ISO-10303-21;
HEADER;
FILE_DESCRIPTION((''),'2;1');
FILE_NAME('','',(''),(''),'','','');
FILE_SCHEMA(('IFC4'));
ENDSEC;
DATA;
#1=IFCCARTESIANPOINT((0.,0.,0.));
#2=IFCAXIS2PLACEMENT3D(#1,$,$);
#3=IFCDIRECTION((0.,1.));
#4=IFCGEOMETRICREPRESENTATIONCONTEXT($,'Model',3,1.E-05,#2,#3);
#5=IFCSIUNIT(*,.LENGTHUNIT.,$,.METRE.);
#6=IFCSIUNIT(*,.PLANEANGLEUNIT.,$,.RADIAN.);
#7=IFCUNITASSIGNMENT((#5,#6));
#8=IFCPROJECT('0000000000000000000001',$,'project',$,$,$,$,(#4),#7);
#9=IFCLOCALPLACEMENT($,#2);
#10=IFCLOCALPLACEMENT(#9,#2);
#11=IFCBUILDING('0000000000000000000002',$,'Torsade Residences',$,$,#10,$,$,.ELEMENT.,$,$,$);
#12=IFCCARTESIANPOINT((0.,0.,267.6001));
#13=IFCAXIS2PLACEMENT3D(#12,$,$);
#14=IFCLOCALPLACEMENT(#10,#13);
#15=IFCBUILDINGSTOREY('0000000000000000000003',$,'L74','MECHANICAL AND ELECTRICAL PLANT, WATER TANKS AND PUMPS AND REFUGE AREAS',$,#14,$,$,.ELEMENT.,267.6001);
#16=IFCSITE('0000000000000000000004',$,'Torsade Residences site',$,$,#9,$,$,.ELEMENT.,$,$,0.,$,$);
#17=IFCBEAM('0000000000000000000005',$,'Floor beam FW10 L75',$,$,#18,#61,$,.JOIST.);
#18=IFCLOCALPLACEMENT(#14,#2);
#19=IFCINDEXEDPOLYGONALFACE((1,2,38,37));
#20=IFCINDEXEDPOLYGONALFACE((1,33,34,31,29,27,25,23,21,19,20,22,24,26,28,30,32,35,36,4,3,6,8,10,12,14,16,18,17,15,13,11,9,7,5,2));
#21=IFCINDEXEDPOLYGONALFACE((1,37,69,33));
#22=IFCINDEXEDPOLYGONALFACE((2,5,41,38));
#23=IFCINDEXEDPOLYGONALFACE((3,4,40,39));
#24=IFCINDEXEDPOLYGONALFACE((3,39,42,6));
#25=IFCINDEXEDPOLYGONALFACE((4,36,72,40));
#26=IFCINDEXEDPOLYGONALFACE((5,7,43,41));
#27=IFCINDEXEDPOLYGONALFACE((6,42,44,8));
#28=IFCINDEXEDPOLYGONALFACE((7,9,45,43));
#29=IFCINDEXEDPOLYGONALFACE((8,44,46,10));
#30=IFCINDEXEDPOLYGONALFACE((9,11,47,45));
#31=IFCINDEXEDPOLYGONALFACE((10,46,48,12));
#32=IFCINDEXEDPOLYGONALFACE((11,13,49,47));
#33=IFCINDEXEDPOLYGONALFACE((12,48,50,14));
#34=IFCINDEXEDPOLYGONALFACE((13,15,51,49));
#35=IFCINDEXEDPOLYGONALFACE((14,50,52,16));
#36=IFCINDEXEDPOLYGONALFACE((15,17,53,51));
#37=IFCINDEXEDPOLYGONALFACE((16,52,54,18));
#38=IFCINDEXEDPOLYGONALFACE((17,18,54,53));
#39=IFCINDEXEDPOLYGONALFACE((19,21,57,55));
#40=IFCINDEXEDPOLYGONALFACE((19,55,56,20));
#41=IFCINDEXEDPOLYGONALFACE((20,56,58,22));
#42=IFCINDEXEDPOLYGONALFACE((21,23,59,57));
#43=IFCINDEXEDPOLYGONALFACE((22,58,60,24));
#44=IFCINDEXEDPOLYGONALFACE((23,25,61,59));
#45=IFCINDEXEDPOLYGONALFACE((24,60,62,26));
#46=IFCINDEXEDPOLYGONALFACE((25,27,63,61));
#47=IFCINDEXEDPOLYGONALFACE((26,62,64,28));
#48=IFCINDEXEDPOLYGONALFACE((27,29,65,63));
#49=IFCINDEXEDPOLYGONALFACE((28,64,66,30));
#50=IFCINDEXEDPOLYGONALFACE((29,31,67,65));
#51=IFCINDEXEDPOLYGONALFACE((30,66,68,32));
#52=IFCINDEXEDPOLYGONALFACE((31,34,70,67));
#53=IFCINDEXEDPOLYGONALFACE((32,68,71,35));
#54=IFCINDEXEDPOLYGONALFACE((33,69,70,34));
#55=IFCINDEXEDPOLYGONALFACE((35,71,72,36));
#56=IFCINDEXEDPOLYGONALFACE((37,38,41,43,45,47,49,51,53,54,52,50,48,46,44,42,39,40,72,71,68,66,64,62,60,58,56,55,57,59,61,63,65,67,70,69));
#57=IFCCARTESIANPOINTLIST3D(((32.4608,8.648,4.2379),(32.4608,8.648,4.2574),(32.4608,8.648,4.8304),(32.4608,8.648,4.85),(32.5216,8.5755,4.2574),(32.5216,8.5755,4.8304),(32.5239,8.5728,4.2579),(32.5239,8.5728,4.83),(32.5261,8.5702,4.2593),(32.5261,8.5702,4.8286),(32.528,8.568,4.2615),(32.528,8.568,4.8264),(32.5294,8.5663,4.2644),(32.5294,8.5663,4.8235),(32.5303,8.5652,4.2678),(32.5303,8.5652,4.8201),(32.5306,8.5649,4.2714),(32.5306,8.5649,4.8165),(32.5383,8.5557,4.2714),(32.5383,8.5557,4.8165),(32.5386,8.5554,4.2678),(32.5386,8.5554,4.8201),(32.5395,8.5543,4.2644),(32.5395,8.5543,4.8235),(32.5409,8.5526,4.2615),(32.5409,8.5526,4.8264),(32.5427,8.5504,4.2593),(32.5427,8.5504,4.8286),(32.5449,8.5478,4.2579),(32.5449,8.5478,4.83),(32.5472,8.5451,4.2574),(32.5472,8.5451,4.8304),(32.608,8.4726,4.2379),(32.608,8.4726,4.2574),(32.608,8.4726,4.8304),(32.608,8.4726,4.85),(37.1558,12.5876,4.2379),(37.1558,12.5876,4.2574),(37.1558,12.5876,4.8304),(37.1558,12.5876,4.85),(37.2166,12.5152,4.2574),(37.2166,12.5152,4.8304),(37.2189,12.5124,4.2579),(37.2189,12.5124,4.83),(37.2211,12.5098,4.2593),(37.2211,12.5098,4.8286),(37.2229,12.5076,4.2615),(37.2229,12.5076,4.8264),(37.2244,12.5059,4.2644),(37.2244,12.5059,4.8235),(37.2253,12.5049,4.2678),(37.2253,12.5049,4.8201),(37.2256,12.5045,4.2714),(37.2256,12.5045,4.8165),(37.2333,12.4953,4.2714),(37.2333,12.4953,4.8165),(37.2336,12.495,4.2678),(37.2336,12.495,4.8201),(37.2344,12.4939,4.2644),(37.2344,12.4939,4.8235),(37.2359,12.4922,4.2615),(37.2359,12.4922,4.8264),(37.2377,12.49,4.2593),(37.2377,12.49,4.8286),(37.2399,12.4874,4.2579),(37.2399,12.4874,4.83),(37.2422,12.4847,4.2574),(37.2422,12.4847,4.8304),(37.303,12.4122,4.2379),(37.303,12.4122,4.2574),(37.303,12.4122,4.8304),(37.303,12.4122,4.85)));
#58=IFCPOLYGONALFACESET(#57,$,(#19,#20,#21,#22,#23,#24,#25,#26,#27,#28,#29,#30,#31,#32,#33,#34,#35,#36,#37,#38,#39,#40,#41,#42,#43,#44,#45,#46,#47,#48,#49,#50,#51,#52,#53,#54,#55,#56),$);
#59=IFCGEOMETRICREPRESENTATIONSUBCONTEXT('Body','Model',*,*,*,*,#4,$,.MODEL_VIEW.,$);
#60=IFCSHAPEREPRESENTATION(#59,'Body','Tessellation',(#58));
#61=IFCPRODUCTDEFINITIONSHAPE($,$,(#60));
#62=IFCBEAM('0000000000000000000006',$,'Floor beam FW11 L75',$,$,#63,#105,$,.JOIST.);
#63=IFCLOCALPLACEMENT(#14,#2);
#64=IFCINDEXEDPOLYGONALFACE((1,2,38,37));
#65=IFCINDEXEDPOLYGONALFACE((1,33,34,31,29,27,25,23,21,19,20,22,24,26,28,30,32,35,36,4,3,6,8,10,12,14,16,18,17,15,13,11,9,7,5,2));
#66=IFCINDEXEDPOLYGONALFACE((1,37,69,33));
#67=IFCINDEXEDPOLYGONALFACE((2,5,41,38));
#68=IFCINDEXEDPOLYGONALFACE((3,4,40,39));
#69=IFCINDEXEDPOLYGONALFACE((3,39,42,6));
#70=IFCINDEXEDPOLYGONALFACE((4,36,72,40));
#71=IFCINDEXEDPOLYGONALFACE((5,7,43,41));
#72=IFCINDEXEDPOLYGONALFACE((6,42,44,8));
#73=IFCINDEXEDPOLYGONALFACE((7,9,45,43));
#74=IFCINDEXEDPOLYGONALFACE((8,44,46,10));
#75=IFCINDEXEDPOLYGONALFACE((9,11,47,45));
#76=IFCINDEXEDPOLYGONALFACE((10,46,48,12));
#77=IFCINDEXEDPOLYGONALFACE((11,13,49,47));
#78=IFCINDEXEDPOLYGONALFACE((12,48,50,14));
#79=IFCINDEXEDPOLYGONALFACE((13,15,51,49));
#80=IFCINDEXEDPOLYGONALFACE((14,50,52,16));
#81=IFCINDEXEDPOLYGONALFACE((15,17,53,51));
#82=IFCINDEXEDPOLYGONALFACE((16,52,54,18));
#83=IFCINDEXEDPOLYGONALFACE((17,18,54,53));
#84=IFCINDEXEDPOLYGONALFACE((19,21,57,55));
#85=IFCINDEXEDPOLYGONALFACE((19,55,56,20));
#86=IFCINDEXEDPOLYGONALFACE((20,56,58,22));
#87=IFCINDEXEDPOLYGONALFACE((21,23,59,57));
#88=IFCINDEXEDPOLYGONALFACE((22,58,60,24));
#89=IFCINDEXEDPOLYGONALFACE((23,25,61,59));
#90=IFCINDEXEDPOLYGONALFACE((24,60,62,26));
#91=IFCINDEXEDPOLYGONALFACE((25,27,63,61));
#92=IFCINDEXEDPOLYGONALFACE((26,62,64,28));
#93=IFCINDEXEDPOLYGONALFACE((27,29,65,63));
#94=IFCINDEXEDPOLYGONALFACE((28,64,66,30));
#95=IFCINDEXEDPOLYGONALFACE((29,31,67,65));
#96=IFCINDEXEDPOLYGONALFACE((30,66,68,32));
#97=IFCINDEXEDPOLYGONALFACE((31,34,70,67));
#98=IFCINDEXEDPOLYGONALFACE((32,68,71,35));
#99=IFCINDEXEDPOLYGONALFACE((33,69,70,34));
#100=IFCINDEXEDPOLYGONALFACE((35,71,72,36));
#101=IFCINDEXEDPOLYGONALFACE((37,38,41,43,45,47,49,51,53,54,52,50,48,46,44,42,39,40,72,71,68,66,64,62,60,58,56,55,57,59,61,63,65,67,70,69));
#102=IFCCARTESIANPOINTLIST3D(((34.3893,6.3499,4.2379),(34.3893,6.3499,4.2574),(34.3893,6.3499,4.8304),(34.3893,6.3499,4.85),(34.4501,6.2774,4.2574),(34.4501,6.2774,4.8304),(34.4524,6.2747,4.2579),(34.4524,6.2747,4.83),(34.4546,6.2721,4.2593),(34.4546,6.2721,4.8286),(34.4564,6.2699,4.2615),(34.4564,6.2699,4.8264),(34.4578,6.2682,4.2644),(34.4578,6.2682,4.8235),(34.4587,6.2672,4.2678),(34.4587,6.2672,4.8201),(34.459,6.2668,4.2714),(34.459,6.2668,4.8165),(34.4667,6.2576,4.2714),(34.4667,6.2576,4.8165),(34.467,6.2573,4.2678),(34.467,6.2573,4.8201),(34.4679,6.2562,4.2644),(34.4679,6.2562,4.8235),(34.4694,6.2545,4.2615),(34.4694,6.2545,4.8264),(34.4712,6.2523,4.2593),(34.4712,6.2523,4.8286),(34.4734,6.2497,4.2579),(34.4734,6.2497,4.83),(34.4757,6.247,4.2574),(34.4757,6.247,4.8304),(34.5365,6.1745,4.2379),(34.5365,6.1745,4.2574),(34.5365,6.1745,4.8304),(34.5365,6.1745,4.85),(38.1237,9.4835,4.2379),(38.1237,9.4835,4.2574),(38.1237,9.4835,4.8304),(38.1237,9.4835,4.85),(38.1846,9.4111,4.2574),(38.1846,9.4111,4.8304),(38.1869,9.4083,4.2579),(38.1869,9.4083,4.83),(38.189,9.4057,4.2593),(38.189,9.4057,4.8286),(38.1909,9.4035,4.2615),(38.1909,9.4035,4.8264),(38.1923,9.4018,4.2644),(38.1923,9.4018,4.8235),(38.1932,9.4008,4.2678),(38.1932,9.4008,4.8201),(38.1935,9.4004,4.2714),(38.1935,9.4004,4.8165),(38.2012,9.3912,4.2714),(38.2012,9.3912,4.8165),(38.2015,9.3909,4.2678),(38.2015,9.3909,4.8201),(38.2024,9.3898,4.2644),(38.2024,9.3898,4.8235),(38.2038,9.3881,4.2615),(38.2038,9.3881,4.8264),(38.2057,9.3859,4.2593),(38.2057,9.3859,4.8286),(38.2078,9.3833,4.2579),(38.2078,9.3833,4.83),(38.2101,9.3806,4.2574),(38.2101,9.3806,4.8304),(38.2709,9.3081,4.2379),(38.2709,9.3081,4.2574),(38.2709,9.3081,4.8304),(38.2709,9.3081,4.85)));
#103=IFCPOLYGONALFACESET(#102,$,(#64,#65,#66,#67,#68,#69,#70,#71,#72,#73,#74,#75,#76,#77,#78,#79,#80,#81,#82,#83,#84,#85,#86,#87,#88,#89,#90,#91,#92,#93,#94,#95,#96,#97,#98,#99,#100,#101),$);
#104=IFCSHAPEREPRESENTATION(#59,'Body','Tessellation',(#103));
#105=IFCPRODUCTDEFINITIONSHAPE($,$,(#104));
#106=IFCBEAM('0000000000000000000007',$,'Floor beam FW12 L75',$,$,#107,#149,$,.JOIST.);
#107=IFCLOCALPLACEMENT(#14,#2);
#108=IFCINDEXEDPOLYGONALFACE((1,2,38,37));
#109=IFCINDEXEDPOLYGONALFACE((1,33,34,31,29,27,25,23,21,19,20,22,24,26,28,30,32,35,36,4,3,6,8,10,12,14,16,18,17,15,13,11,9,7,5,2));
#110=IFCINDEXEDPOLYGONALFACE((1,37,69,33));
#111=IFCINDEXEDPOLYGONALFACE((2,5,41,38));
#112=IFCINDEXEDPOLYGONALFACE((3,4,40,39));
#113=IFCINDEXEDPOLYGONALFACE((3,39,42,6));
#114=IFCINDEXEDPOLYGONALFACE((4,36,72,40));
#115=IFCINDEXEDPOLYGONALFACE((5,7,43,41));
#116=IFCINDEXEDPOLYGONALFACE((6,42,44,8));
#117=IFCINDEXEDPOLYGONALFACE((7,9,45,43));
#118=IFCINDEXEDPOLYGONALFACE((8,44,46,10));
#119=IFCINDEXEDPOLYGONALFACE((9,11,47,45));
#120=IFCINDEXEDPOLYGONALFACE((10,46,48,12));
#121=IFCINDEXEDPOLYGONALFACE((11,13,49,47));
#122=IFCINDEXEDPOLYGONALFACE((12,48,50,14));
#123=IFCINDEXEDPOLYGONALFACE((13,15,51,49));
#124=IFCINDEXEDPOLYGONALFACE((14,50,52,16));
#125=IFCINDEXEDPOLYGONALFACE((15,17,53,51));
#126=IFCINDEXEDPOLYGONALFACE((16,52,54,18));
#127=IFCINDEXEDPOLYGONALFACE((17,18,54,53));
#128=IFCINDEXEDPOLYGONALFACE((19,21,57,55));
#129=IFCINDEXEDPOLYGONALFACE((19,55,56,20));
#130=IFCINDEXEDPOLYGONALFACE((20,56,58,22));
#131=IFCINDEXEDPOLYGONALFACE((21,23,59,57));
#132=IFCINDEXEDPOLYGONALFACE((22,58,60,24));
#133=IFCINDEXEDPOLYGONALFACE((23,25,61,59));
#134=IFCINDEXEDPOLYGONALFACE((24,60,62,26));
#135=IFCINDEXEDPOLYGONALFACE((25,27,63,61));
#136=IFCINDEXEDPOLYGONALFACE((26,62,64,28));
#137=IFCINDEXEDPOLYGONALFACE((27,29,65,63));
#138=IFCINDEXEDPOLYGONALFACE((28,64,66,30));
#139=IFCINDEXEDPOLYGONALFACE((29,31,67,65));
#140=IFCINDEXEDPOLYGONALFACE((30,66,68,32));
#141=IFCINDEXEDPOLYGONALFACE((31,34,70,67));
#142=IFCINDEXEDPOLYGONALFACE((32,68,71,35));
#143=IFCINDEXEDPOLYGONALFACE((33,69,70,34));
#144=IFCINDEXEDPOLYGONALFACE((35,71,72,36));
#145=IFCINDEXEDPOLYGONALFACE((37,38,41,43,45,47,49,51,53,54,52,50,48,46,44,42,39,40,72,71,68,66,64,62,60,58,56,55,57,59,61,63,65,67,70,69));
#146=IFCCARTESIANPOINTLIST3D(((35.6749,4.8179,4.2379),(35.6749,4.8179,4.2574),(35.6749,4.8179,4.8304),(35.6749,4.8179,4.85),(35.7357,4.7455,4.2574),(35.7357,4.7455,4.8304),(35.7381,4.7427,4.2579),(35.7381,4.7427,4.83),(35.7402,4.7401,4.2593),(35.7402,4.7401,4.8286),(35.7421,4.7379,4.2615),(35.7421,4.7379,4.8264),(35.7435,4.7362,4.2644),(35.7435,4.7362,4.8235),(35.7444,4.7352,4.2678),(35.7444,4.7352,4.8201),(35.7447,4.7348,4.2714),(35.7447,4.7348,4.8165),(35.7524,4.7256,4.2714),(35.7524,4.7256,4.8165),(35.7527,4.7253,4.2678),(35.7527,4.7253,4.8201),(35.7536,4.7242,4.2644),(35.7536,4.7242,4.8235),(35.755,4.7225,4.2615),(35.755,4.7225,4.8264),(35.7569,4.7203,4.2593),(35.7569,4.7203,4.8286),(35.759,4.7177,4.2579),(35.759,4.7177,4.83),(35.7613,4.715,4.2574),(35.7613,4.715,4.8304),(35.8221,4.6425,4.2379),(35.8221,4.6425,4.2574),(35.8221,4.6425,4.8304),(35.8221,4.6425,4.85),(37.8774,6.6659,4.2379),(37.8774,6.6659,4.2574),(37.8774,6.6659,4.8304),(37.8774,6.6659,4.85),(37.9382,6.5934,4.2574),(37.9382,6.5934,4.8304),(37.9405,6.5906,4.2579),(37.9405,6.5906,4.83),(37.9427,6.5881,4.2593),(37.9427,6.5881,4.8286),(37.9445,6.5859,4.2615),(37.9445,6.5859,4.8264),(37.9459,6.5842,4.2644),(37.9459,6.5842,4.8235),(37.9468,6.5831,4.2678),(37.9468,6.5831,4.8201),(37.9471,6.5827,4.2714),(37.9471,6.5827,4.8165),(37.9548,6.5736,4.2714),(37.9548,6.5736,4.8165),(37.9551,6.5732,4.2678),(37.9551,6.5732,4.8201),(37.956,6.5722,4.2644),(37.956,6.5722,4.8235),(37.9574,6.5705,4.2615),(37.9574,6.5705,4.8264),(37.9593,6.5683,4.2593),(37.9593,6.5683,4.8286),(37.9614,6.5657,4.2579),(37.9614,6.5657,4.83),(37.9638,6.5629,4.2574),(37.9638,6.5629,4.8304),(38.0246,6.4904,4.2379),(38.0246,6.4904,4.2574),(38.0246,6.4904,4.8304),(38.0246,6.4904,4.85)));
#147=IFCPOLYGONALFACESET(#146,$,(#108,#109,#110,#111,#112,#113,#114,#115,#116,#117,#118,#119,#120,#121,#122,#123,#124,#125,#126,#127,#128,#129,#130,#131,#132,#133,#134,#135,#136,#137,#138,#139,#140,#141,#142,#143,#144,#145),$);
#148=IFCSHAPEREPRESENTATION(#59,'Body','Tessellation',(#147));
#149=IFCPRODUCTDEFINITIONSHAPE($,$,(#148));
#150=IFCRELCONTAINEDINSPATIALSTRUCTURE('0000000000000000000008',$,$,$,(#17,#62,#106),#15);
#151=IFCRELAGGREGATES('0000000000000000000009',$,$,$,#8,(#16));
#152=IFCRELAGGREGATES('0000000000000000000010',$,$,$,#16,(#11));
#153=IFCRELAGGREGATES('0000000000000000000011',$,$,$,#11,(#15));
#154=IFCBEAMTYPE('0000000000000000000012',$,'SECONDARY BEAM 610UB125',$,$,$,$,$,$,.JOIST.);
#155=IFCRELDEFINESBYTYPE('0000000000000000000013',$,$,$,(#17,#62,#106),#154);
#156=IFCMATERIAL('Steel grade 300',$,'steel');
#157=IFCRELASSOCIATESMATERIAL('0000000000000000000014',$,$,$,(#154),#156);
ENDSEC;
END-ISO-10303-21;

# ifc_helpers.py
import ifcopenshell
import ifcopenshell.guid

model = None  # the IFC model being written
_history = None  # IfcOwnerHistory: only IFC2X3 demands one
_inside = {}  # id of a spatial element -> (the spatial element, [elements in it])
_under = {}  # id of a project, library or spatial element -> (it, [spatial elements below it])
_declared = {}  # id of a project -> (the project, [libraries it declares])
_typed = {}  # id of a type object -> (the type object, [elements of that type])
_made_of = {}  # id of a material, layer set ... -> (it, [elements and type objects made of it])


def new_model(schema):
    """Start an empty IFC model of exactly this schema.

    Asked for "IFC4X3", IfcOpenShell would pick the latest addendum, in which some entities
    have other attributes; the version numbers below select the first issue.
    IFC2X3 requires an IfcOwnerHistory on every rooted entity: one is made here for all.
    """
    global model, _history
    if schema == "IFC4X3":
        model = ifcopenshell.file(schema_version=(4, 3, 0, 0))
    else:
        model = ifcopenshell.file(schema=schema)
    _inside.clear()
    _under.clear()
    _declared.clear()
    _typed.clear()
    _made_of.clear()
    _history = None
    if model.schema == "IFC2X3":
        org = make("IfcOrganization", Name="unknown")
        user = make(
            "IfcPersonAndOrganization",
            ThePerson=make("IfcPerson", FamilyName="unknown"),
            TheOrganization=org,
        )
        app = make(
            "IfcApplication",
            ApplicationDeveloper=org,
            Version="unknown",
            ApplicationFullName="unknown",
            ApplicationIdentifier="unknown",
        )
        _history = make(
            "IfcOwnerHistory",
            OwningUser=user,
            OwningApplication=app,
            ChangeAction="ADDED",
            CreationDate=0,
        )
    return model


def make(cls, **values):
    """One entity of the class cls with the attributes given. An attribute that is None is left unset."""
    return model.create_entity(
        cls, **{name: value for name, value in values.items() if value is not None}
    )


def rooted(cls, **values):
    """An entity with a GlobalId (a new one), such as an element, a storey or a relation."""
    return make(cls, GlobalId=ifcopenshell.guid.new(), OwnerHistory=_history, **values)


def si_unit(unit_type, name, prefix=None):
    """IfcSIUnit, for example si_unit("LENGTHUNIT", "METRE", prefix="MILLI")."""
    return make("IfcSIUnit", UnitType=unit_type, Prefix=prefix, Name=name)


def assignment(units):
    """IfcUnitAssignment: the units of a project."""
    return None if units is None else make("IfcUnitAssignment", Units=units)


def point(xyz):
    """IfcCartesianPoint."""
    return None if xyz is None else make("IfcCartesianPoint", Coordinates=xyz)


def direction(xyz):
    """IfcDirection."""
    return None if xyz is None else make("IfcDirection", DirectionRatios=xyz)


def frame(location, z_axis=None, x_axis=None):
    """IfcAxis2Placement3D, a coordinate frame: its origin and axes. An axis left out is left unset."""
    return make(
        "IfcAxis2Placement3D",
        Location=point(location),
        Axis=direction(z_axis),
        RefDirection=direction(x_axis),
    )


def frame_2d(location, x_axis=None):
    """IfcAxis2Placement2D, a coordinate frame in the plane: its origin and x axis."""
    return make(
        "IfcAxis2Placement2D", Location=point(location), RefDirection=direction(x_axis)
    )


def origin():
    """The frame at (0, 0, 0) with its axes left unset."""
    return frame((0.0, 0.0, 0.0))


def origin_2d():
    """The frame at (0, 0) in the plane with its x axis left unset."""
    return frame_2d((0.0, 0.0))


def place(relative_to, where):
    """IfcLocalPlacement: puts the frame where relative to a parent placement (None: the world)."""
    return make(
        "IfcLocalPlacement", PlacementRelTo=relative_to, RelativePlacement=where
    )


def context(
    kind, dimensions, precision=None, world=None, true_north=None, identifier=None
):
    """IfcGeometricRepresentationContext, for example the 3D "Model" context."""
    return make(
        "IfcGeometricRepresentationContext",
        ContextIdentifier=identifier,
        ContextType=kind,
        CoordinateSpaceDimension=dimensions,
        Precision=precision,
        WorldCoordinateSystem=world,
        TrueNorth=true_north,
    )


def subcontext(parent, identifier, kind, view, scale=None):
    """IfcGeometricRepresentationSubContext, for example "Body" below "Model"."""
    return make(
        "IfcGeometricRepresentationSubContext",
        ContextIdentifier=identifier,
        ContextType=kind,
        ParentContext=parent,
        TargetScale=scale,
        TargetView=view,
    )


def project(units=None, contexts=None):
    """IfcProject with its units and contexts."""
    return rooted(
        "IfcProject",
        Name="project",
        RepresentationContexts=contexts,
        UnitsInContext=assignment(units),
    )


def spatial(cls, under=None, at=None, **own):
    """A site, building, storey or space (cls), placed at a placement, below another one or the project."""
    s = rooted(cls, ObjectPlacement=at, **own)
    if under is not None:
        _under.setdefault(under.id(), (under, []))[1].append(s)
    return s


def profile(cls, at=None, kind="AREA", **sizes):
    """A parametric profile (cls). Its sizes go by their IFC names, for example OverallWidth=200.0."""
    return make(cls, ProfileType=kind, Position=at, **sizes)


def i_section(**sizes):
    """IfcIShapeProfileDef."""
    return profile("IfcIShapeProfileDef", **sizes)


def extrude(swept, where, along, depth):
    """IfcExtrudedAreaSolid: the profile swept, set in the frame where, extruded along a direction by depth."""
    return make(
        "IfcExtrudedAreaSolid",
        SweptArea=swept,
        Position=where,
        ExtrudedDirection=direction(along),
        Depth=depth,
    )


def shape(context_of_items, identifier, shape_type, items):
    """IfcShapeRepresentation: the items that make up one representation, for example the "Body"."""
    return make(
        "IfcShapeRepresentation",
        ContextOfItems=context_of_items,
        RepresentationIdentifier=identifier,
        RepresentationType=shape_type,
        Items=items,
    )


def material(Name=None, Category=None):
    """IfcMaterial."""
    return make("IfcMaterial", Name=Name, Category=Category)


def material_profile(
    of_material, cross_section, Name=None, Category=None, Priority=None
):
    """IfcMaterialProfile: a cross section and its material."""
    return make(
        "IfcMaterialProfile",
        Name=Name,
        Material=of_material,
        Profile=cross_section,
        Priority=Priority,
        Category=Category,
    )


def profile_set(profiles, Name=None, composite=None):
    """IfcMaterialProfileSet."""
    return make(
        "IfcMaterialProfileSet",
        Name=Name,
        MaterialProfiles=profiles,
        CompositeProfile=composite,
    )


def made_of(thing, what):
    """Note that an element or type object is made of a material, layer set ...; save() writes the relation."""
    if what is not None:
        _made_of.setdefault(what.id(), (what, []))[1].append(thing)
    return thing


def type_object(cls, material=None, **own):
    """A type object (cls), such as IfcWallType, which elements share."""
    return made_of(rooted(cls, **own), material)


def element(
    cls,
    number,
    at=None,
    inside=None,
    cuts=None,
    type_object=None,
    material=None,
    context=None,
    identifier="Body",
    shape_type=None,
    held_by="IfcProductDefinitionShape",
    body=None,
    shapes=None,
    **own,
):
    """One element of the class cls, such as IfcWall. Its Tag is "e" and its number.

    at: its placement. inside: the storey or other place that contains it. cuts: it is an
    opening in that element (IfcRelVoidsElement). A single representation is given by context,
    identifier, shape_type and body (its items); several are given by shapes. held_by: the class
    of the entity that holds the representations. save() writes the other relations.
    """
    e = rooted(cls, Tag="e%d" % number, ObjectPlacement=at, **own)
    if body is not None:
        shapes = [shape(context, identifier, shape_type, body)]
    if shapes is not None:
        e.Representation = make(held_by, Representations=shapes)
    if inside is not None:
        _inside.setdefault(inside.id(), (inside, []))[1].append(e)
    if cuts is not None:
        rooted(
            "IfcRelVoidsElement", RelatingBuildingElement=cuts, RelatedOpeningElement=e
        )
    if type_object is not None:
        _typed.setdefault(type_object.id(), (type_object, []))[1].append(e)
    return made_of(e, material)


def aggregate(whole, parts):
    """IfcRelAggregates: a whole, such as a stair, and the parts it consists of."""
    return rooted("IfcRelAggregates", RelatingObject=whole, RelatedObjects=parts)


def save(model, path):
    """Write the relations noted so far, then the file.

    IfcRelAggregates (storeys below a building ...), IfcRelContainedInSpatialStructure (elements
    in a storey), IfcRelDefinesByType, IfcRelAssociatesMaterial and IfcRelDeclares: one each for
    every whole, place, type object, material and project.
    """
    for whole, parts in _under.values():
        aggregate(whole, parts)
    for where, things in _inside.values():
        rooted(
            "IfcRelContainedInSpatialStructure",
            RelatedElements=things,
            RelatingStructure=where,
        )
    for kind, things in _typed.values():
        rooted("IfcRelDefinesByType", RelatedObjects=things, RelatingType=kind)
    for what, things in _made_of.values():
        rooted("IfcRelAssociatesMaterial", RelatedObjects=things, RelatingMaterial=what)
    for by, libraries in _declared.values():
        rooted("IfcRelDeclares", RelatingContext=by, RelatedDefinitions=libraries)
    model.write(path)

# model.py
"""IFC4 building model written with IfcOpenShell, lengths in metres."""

from ifc_helpers import new_model, si_unit, direction, frame, origin, origin_2d, place, context, subcontext, project, spatial, i_section, extrude, material, material_profile, profile_set, type_object, element, save


model = new_model("IFC4")

# Units and contexts
model_context = context("Model", 3, precision=1e-05, world=origin(), true_north=direction((0.0, 1.0)))
body_context = subcontext(model_context, "Body", "Model", "MODEL_VIEW")
ifc_project = project(units=[si_unit("LENGTHUNIT", "METRE"), si_unit("PLANEANGLEUNIT", "RADIAN")], contexts=[model_context])

# Site, building, storey
site_placement = place(None, origin())
site = spatial("IfcSite", under=ifc_project, at=site_placement, Name="Torsade Residences site", CompositionType="ELEMENT", RefElevation=0.0)
building_placement = place(site_placement, origin())
building = spatial("IfcBuilding", under=site, at=building_placement, Name="Torsade Residences", CompositionType="ELEMENT")
storey_placement = place(building_placement, frame((0.0, 0.0, 267.6001)))
storey = spatial("IfcBuildingStorey", under=building, at=storey_placement, Name="L74", Description="MECHANICAL AND ELECTRICAL PLANT, WATER TANKS AND PUMPS AND REFUGE AREAS", CompositionType="ELEMENT", Elevation=267.6001)

# Beams
ifc_material_1 = material(Name="Steel grade 300", Category="steel")
ifc_material_profile_1 = material_profile(ifc_material_1, i_section(OverallWidth=0.229, OverallDepth=0.6121, WebThickness=0.012, FlangeThickness=0.0195, FilletRadius=0.0139, at=origin_2d()), Name="610UB125")
ifc_profile_set_1 = profile_set([ifc_material_profile_1], Name="Steel grade 300")
beam_type_1 = type_object("IfcBeamType", Name="SECONDARY BEAM 610UB125", PredefinedType="JOIST", material=ifc_profile_set_1)
beam_1_placement = place(storey_placement, frame((32.5344, 8.5603, 4.5439), z_axis=(0.766039, 0.642794, 0.0), x_axis=(-0.642794, 0.766039, 0.0)))
element("IfcBeam", 1, at=beam_1_placement, inside=storey, type_object=beam_type_1, Name="Floor beam FW10 L75", PredefinedType="JOIST", context=body_context, shape_type="SweptSolid", body=[
    extrude(i_section(OverallWidth=0.229, OverallDepth=0.6121, WebThickness=0.012, FlangeThickness=0.0195, FilletRadius=0.0139, at=origin_2d()), origin(), (0.0, 0.0, 1.0), 6.1289),
])
beam_2_placement = place(storey_placement, frame((34.4629, 6.2622, 4.5439), z_axis=(0.766041, 0.642791, 0.0), x_axis=(-0.642791, 0.766041, 0.0)))
element("IfcBeam", 2, at=beam_2_placement, inside=storey, type_object=beam_type_1, Name="Floor beam FW11 L75", PredefinedType="JOIST", context=body_context, shape_type="SweptSolid", body=[
    extrude(i_section(OverallWidth=0.229, OverallDepth=0.6121, WebThickness=0.012, FlangeThickness=0.0195, FilletRadius=0.0139, at=origin_2d()), origin(), (0.0, 0.0, 1.0), 4.875),
])
beam_3_placement = place(storey_placement, frame((35.7485, 4.7302, 4.5439), z_axis=(0.766066, 0.642762, 0.0), x_axis=(-0.642762, 0.766066, 0.0)))
element("IfcBeam", 3, at=beam_3_placement, inside=storey, type_object=beam_type_1, Name="Floor beam FW12 L75", PredefinedType="JOIST", context=body_context, shape_type="SweptSolid", body=[
    extrude(i_section(OverallWidth=0.229, OverallDepth=0.6121, WebThickness=0.012, FlangeThickness=0.0195, FilletRadius=0.0139, at=origin_2d()), origin(), (0.0, 0.0, 1.0), 2.875),
])

save(model, "model.ifc")
